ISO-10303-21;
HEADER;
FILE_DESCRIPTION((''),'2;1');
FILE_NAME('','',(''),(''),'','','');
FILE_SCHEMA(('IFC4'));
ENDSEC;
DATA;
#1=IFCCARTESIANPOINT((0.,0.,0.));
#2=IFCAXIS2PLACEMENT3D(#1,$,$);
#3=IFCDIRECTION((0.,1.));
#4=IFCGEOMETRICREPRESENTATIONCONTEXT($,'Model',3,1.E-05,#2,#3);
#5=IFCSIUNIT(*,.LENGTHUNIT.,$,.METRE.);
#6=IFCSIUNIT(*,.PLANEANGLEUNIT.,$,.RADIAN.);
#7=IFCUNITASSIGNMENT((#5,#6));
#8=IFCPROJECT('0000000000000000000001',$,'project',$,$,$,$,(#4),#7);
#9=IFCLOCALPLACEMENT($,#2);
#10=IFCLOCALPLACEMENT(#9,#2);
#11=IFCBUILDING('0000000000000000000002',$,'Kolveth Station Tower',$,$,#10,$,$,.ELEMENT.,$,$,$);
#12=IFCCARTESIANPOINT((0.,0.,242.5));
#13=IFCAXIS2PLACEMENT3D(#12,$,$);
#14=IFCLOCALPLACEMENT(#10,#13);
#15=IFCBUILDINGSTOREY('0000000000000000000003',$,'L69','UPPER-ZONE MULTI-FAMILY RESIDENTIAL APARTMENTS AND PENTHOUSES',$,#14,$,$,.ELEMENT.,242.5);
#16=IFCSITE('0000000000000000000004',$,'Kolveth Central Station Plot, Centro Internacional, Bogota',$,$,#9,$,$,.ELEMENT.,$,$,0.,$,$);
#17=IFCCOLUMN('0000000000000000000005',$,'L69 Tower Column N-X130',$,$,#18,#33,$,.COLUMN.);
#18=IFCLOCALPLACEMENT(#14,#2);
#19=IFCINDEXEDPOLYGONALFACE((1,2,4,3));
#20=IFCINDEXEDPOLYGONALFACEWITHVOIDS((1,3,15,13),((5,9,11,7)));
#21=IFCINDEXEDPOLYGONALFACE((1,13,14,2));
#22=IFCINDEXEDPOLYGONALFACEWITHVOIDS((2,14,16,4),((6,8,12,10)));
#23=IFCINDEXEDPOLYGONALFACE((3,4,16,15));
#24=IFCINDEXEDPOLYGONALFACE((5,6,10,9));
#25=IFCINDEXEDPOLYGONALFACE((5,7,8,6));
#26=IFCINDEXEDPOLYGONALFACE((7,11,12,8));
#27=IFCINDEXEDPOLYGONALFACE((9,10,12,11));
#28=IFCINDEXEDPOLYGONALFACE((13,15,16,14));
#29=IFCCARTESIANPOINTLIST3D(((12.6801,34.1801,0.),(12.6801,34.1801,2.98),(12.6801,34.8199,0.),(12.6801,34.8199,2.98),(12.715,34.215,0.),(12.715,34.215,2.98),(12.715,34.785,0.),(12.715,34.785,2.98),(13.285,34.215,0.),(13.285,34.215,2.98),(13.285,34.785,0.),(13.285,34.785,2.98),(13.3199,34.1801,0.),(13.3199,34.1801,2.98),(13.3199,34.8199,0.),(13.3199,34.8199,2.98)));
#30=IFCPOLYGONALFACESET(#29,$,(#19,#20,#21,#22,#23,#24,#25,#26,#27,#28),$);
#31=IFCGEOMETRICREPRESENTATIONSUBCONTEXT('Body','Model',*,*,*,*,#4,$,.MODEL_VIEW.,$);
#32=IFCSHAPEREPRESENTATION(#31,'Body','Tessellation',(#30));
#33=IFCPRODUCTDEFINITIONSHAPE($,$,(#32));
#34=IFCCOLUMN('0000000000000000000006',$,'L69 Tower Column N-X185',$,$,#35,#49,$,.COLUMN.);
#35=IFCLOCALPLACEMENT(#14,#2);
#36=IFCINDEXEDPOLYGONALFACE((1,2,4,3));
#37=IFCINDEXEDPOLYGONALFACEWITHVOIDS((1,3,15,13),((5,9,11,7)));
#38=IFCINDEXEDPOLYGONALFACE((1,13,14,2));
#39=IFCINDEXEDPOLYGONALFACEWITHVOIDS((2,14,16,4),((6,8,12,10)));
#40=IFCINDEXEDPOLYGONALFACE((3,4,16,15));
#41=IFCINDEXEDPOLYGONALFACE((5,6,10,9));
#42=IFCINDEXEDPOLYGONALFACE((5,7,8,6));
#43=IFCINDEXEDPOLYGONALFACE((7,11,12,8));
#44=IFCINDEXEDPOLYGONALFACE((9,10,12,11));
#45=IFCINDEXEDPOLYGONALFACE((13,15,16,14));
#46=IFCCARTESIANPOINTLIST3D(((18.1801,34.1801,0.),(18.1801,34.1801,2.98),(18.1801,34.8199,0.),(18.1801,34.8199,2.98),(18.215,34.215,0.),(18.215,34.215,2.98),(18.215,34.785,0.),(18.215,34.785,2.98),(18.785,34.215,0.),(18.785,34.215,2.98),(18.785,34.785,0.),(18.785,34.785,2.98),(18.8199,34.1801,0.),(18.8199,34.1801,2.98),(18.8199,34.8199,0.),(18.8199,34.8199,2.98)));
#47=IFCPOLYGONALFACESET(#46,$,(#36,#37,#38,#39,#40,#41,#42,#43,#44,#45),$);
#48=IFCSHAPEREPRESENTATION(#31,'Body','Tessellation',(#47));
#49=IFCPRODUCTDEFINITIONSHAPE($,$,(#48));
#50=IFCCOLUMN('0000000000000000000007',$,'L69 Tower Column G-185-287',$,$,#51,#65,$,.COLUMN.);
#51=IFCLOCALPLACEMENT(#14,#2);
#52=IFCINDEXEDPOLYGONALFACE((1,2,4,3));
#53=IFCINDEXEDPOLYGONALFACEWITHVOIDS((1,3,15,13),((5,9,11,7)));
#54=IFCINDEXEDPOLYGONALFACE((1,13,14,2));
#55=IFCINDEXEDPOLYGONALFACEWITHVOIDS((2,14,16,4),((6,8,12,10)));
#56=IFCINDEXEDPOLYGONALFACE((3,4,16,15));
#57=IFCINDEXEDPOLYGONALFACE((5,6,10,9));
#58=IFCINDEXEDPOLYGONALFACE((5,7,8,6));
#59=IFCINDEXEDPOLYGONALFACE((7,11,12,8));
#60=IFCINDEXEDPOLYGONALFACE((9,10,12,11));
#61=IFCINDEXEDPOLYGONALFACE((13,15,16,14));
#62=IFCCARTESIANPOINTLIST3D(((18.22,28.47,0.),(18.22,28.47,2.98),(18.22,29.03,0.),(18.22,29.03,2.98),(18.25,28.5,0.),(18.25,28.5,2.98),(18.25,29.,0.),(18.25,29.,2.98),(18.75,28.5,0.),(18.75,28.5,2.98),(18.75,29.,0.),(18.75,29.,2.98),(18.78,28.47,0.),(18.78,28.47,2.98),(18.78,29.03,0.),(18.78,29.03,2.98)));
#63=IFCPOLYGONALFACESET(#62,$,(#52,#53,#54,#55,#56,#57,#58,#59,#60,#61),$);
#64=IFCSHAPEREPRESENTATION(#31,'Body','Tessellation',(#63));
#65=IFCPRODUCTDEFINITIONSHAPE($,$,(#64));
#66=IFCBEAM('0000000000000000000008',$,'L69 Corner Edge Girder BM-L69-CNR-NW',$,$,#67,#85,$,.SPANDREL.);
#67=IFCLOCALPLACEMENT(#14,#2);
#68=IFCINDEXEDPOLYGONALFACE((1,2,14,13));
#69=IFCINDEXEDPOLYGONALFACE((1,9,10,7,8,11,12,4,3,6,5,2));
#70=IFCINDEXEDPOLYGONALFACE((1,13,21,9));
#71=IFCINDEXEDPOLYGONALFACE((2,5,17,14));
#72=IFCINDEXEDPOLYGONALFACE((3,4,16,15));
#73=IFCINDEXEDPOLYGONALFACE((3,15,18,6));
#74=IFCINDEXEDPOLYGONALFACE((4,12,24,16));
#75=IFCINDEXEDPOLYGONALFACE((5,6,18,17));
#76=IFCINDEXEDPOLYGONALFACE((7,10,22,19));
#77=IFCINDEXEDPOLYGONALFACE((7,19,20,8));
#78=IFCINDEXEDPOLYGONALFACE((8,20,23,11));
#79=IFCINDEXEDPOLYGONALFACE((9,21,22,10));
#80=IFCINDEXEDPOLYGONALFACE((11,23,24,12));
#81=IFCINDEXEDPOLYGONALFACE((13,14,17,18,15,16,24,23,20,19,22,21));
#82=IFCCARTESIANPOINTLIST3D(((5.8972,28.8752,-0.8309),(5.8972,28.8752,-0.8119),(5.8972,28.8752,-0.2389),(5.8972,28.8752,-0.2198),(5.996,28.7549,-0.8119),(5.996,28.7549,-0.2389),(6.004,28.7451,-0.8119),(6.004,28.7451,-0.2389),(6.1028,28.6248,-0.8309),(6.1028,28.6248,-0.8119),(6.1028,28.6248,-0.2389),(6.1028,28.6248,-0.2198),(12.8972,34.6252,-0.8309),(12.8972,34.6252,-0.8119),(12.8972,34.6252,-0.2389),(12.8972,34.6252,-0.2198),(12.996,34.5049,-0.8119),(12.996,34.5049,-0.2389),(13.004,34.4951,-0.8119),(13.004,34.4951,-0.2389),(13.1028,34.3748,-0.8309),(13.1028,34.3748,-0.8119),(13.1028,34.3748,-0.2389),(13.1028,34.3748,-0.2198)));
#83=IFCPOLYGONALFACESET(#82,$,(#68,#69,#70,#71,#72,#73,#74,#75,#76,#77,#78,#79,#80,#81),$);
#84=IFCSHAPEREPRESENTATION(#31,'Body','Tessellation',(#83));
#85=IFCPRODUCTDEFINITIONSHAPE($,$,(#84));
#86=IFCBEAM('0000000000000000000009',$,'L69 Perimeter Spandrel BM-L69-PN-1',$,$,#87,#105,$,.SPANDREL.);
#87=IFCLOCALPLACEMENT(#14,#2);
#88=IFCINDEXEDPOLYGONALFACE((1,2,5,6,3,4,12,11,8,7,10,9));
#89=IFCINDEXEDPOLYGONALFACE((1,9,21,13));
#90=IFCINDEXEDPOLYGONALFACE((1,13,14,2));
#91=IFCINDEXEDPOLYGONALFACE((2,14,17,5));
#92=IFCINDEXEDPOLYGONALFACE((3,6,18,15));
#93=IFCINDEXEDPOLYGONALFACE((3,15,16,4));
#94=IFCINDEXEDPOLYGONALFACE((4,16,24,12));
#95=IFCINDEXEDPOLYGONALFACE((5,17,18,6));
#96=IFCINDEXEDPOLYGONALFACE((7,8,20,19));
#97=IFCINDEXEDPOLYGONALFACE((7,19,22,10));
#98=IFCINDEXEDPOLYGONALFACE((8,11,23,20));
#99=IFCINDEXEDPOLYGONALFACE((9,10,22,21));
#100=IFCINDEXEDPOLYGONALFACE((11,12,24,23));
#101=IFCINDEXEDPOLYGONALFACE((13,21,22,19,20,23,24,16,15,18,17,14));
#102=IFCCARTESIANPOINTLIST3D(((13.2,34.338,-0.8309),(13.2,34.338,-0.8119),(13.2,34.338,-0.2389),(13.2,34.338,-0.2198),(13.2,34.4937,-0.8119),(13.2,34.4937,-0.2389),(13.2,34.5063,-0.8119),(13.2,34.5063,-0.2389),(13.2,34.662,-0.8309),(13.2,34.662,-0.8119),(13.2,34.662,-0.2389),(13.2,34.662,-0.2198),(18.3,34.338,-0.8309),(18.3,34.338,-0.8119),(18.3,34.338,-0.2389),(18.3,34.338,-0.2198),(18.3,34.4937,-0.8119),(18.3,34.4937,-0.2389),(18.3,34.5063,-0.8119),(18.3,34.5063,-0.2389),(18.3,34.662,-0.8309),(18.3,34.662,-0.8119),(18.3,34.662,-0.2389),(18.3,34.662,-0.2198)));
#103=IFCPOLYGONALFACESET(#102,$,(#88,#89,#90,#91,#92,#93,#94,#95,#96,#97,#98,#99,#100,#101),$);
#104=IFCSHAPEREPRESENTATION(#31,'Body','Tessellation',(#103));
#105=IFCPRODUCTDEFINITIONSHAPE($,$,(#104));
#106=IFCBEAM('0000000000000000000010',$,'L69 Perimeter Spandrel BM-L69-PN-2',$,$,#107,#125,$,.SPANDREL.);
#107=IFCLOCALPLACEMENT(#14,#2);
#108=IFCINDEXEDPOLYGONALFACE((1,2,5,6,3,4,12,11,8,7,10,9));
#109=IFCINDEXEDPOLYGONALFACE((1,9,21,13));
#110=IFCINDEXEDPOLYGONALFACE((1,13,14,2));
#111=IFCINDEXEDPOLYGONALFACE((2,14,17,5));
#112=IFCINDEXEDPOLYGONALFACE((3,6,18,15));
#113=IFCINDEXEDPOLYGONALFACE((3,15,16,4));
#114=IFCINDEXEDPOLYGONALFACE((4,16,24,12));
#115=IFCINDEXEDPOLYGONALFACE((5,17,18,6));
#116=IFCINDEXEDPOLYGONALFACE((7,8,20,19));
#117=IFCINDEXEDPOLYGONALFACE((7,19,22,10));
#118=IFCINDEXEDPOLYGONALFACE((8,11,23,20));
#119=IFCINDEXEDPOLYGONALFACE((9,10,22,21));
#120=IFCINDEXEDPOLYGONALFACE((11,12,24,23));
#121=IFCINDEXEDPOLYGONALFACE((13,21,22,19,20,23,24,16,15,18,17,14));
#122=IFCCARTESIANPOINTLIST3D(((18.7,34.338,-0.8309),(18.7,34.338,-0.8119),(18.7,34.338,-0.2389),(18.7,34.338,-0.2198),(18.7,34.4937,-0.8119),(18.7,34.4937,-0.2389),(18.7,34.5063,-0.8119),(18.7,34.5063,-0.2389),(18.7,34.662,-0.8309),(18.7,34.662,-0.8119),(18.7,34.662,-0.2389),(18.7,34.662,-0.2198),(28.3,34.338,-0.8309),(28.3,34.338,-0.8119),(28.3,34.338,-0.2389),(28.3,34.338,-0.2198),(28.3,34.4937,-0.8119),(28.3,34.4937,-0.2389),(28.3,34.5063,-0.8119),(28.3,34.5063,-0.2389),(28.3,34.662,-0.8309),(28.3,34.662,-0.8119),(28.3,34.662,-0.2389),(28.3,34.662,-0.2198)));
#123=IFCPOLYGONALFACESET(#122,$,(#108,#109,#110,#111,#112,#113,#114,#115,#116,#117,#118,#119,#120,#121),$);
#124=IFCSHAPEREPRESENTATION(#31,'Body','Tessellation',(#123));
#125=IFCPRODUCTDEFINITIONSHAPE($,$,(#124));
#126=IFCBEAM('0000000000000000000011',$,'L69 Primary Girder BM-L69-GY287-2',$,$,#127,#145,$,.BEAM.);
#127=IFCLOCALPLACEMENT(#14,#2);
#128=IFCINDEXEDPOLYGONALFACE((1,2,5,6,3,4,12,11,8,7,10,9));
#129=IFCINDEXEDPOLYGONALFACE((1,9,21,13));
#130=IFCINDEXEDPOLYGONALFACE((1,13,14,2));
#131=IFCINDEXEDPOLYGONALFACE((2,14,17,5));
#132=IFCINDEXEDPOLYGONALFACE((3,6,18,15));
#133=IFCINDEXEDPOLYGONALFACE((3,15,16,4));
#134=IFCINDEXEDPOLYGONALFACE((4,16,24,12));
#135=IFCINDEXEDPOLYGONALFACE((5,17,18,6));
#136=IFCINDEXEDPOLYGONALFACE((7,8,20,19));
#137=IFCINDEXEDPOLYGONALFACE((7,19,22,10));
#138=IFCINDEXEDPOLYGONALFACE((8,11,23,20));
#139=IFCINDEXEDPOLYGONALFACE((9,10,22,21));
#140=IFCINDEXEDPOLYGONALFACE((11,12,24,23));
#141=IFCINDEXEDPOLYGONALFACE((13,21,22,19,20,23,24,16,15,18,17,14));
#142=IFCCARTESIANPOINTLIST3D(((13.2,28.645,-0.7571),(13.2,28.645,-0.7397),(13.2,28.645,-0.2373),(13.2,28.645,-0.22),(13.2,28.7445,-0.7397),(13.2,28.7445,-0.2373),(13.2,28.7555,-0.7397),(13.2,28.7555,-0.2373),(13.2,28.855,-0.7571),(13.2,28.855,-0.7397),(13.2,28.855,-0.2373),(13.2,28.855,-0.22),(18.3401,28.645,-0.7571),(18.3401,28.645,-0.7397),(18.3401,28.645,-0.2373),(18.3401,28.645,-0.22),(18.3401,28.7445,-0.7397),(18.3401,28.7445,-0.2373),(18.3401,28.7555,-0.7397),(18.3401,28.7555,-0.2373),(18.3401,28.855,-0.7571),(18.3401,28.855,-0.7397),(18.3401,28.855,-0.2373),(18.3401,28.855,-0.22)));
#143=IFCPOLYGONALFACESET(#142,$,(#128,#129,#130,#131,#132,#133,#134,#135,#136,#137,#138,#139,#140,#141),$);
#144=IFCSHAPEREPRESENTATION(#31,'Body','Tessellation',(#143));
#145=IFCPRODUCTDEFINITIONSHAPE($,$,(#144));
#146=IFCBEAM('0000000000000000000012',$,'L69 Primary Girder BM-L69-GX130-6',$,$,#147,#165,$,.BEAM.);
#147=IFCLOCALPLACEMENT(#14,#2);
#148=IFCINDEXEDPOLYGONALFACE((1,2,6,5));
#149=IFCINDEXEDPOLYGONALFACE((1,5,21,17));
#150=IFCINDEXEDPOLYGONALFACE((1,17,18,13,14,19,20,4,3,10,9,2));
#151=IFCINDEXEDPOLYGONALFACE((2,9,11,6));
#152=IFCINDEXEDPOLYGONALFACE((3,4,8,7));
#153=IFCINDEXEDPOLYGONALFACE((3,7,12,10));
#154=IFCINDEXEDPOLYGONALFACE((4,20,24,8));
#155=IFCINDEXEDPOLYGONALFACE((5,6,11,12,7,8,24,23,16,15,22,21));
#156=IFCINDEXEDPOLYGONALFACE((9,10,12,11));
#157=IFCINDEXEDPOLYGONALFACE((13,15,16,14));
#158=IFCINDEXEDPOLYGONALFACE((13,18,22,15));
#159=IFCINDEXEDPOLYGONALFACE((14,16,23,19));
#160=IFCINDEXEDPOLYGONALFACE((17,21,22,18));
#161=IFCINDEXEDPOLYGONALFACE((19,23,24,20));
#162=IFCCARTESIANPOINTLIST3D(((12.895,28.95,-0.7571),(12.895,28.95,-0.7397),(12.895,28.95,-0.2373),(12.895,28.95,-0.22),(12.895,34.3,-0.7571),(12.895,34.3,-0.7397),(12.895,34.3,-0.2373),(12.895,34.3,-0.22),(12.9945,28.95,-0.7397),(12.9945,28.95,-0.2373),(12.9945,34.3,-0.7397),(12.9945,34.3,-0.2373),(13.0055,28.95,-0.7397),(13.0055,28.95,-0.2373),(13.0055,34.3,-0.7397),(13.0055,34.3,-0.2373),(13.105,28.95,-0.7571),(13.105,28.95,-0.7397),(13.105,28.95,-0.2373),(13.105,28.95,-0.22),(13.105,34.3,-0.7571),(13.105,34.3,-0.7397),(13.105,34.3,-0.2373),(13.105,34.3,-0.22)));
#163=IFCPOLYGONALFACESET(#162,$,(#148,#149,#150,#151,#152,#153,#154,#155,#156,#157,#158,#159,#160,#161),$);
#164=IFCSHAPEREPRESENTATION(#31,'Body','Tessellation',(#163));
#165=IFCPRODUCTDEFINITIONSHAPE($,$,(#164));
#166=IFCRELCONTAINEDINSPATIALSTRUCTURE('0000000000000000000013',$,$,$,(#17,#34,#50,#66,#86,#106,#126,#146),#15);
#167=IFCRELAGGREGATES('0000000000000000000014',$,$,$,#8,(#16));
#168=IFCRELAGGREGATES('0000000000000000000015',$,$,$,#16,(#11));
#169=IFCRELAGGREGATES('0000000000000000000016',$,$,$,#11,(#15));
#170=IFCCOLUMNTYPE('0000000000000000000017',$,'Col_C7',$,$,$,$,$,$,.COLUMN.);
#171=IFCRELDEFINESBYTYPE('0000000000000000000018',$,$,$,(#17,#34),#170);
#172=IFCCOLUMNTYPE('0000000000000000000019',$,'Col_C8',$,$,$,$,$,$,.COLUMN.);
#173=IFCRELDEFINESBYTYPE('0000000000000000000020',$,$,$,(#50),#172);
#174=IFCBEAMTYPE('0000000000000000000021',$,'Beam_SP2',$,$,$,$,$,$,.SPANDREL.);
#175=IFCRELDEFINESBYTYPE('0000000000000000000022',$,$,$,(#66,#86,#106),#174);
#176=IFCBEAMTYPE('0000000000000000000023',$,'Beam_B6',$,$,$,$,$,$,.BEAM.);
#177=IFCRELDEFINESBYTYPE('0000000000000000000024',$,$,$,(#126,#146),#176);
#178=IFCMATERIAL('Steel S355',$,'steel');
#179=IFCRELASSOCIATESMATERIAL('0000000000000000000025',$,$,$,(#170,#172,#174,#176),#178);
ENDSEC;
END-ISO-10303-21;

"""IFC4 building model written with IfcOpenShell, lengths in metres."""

from ifc_helpers import new_model, si_unit, direction, frame, origin, origin_2d, place, context, subcontext, project, spatial, hollow_rectangle, i_section, extrude, source, transform, mapped, material, material_profile, profile_set, type_object, element, save


model = new_model("IFC4")

# Units and contexts
model_context = context("Model", 3, precision=1e-05, world=origin(), true_north=direction((0.0, 1.0)))
body_context = subcontext(model_context, "Body", "Model", "MODEL_VIEW")
ifc_project = project(units=[si_unit("LENGTHUNIT", "METRE"), si_unit("PLANEANGLEUNIT", "RADIAN")], contexts=[model_context])

# Site, building, storey
site_placement = place(None, origin())
site = spatial("IfcSite", under=ifc_project, at=site_placement, Name="Kolveth Central Station Plot, Centro Internacional, Bogota", CompositionType="ELEMENT", RefElevation=0.0)
building_placement = place(site_placement, origin())
building = spatial("IfcBuilding", under=site, at=building_placement, Name="Kolveth Station Tower", CompositionType="ELEMENT")
storey_placement = place(building_placement, frame((0.0, 0.0, 242.5)))
storey = spatial("IfcBuildingStorey", under=building, at=storey_placement, Name="L69", Description="UPPER-ZONE MULTI-FAMILY RESIDENTIAL APARTMENTS AND PENTHOUSES", CompositionType="ELEMENT", Elevation=242.5)

# Columns
ifc_material_1 = material(Name="Steel S355", Category="steel")
ifc_material_profile_1 = material_profile(ifc_material_1, hollow_rectangle(XDim=0.6399, YDim=0.6399, WallThickness=0.0349, at=origin_2d()), Name="BOX640x640x35")
ifc_profile_set_1 = profile_set([ifc_material_profile_1], Name="Steel S355")
column_type_1 = type_object("IfcColumnType", Name="Col_C7", PredefinedType="COLUMN", material=ifc_profile_set_1)
shared_shape_1 = source(origin(), body_context, "Body", "SweptSolid", [
    extrude(hollow_rectangle(XDim=0.6399, YDim=0.6399, WallThickness=0.0349, at=origin_2d()), origin(), (0.0, 0.0, 1.0), 2.98),
])
for number, where, z_axis, x_axis, name in (
    (1, (13.0, 34.5, 0.0), (0.0, 0.0, 1.0), (1.0, 0.0, 0.0), "L69 Tower Column N-X130"),
    (2, (18.5, 34.5, 0.0), (0.0, 0.0, 1.0), (1.0, 0.0, 0.0), "L69 Tower Column N-X185"),
):
    element("IfcColumn", number, at=place(storey_placement, frame(where, z_axis=z_axis, x_axis=x_axis)), inside=storey, type_object=column_type_1, Name=name, PredefinedType="COLUMN", context=body_context, shape_type="MappedRepresentation", body=[
        mapped(shared_shape_1, transform((0.0, 0.0, 0.0), x_axis=(1.0, 0.0, 0.0), y_axis=(0.0, 1.0, 0.0), z_axis=(0.0, 0.0, 1.0), scale=1.0)),
    ])
ifc_material_profile_2 = material_profile(ifc_material_1, hollow_rectangle(XDim=0.5601, YDim=0.5601, WallThickness=0.03, at=origin_2d()), Name="BOX560x560x30")
ifc_profile_set_2 = profile_set([ifc_material_profile_2], Name="Steel S355")
column_type_2 = type_object("IfcColumnType", Name="Col_C8", PredefinedType="COLUMN", material=ifc_profile_set_2)
shared_shape_2 = source(origin(), body_context, "Body", "SweptSolid", [
    extrude(hollow_rectangle(XDim=0.5601, YDim=0.5601, WallThickness=0.03, at=origin_2d()), origin(), (0.0, 0.0, 1.0), 2.98),
])
column_placement = place(storey_placement, frame((18.5, 28.75, 0.0), z_axis=(0.0, 0.0, 1.0), x_axis=(1.0, 0.0, 0.0)))
element("IfcColumn", 3, at=column_placement, inside=storey, type_object=column_type_2, Name="L69 Tower Column G-185-287", PredefinedType="COLUMN", context=body_context, shape_type="MappedRepresentation", body=[
    mapped(shared_shape_2, transform((0.0, 0.0, 0.0), x_axis=(1.0, 0.0, 0.0), y_axis=(0.0, 1.0, 0.0), z_axis=(0.0, 0.0, 1.0), scale=1.0)),
])

# Beams
ifc_material_profile_3 = material_profile(ifc_material_1, i_section(OverallWidth=0.324, OverallDepth=0.6111, WebThickness=0.0127, FlangeThickness=0.019, at=origin_2d()), Name="W610x155")
ifc_profile_set_3 = profile_set([ifc_material_profile_3], Name="Steel S355")
beam_type_1 = type_object("IfcBeamType", Name="Beam_SP2", PredefinedType="SPANDREL", material=ifc_profile_set_3)
shared_shape_3 = source(origin(), body_context, "Body", "SweptSolid", [
    extrude(i_section(OverallWidth=0.324, OverallDepth=0.6111, WebThickness=0.0127, FlangeThickness=0.019, at=origin_2d()), origin(), (0.0, 0.0, 1.0), 9.0588),
])
beam_1_placement = place(storey_placement, frame((13.0, 34.5, -0.5254), z_axis=(-0.772726, -0.634739, 0.0), x_axis=(0.634739, -0.772726, 0.0)))
element("IfcBeam", 4, at=beam_1_placement, inside=storey, type_object=beam_type_1, Name="L69 Corner Edge Girder BM-L69-CNR-NW", PredefinedType="SPANDREL", context=body_context, shape_type="MappedRepresentation", body=[
    mapped(shared_shape_3, transform((0.0, 0.0, 0.0), x_axis=(1.0, 0.0, 0.0), y_axis=(0.0, 1.0, 0.0), z_axis=(0.0, 0.0, 1.0), scale=1.0)),
])
shared_shape_4 = source(origin(), body_context, "Body", "SweptSolid", [
    extrude(i_section(OverallWidth=0.324, OverallDepth=0.6111, WebThickness=0.0127, FlangeThickness=0.019, at=origin_2d()), origin(), (0.0, 0.0, 1.0), 5.1001),
])
beam_2_placement = place(storey_placement, frame((13.2, 34.5, -0.5254), z_axis=(1.0, 0.0, 0.0), x_axis=(0.0, 1.0, 0.0)))
element("IfcBeam", 5, at=beam_2_placement, inside=storey, type_object=beam_type_1, Name="L69 Perimeter Spandrel BM-L69-PN-1", PredefinedType="SPANDREL", context=body_context, shape_type="MappedRepresentation", body=[
    mapped(shared_shape_4, transform((0.0, 0.0, 0.0), x_axis=(1.0, 0.0, 0.0), y_axis=(0.0, 1.0, 0.0), z_axis=(0.0, 0.0, 1.0), scale=1.0)),
])
shared_shape_5 = source(origin(), body_context, "Body", "SweptSolid", [
    extrude(i_section(OverallWidth=0.324, OverallDepth=0.6111, WebThickness=0.0127, FlangeThickness=0.019, at=origin_2d()), origin(), (0.0, 0.0, 1.0), 9.6001),
])
beam_3_placement = place(storey_placement, frame((18.7, 34.5, -0.5254), z_axis=(1.0, 0.0, 0.0), x_axis=(0.0, 1.0, 0.0)))
element("IfcBeam", 6, at=beam_3_placement, inside=storey, type_object=beam_type_1, Name="L69 Perimeter Spandrel BM-L69-PN-2", PredefinedType="SPANDREL", context=body_context, shape_type="MappedRepresentation", body=[
    mapped(shared_shape_5, transform((0.0, 0.0, 0.0), x_axis=(1.0, 0.0, 0.0), y_axis=(0.0, 1.0, 0.0), z_axis=(0.0, 0.0, 1.0), scale=1.0)),
])
ifc_material_profile_4 = material_profile(ifc_material_1, i_section(OverallWidth=0.21, OverallDepth=0.5371, WebThickness=0.011, FlangeThickness=0.0173, at=origin_2d()), Name="W530x101")
ifc_profile_set_4 = profile_set([ifc_material_profile_4], Name="Steel S355")
beam_type_2 = type_object("IfcBeamType", Name="Beam_B6", PredefinedType="BEAM", material=ifc_profile_set_4)
shared_shape_6 = source(origin(), body_context, "Body", "SweptSolid", [
    extrude(i_section(OverallWidth=0.21, OverallDepth=0.5371, WebThickness=0.011, FlangeThickness=0.0173, at=origin_2d()), origin(), (0.0, 0.0, 1.0), 5.1401),
])
beam_4_placement = place(storey_placement, frame((13.2, 28.75, -0.4885), z_axis=(1.0, 0.0, 0.0), x_axis=(0.0, 1.0, 0.0)))
element("IfcBeam", 7, at=beam_4_placement, inside=storey, type_object=beam_type_2, Name="L69 Primary Girder BM-L69-GY287-2", PredefinedType="BEAM", context=body_context, shape_type="MappedRepresentation", body=[
    mapped(shared_shape_6, transform((0.0, 0.0, 0.0), x_axis=(1.0, 0.0, 0.0), y_axis=(0.0, 1.0, 0.0), z_axis=(0.0, 0.0, 1.0), scale=1.0)),
])
shared_shape_7 = source(origin(), body_context, "Body", "SweptSolid", [
    extrude(i_section(OverallWidth=0.21, OverallDepth=0.5371, WebThickness=0.011, FlangeThickness=0.0173, at=origin_2d()), origin(), (0.0, 0.0, 1.0), 5.3501),
])
beam_5_placement = place(storey_placement, frame((13.0, 28.95, -0.4885), z_axis=(0.0, 1.0, 0.0), x_axis=(-1.0, 0.0, 0.0)))
element("IfcBeam", 8, at=beam_5_placement, inside=storey, type_object=beam_type_2, Name="L69 Primary Girder BM-L69-GX130-6", PredefinedType="BEAM", context=body_context, shape_type="MappedRepresentation", body=[
    mapped(shared_shape_7, transform((0.0, 0.0, 0.0), x_axis=(1.0, 0.0, 0.0), y_axis=(0.0, 1.0, 0.0), z_axis=(0.0, 0.0, 1.0), scale=1.0)),
])

save(model, "model.ifc")
